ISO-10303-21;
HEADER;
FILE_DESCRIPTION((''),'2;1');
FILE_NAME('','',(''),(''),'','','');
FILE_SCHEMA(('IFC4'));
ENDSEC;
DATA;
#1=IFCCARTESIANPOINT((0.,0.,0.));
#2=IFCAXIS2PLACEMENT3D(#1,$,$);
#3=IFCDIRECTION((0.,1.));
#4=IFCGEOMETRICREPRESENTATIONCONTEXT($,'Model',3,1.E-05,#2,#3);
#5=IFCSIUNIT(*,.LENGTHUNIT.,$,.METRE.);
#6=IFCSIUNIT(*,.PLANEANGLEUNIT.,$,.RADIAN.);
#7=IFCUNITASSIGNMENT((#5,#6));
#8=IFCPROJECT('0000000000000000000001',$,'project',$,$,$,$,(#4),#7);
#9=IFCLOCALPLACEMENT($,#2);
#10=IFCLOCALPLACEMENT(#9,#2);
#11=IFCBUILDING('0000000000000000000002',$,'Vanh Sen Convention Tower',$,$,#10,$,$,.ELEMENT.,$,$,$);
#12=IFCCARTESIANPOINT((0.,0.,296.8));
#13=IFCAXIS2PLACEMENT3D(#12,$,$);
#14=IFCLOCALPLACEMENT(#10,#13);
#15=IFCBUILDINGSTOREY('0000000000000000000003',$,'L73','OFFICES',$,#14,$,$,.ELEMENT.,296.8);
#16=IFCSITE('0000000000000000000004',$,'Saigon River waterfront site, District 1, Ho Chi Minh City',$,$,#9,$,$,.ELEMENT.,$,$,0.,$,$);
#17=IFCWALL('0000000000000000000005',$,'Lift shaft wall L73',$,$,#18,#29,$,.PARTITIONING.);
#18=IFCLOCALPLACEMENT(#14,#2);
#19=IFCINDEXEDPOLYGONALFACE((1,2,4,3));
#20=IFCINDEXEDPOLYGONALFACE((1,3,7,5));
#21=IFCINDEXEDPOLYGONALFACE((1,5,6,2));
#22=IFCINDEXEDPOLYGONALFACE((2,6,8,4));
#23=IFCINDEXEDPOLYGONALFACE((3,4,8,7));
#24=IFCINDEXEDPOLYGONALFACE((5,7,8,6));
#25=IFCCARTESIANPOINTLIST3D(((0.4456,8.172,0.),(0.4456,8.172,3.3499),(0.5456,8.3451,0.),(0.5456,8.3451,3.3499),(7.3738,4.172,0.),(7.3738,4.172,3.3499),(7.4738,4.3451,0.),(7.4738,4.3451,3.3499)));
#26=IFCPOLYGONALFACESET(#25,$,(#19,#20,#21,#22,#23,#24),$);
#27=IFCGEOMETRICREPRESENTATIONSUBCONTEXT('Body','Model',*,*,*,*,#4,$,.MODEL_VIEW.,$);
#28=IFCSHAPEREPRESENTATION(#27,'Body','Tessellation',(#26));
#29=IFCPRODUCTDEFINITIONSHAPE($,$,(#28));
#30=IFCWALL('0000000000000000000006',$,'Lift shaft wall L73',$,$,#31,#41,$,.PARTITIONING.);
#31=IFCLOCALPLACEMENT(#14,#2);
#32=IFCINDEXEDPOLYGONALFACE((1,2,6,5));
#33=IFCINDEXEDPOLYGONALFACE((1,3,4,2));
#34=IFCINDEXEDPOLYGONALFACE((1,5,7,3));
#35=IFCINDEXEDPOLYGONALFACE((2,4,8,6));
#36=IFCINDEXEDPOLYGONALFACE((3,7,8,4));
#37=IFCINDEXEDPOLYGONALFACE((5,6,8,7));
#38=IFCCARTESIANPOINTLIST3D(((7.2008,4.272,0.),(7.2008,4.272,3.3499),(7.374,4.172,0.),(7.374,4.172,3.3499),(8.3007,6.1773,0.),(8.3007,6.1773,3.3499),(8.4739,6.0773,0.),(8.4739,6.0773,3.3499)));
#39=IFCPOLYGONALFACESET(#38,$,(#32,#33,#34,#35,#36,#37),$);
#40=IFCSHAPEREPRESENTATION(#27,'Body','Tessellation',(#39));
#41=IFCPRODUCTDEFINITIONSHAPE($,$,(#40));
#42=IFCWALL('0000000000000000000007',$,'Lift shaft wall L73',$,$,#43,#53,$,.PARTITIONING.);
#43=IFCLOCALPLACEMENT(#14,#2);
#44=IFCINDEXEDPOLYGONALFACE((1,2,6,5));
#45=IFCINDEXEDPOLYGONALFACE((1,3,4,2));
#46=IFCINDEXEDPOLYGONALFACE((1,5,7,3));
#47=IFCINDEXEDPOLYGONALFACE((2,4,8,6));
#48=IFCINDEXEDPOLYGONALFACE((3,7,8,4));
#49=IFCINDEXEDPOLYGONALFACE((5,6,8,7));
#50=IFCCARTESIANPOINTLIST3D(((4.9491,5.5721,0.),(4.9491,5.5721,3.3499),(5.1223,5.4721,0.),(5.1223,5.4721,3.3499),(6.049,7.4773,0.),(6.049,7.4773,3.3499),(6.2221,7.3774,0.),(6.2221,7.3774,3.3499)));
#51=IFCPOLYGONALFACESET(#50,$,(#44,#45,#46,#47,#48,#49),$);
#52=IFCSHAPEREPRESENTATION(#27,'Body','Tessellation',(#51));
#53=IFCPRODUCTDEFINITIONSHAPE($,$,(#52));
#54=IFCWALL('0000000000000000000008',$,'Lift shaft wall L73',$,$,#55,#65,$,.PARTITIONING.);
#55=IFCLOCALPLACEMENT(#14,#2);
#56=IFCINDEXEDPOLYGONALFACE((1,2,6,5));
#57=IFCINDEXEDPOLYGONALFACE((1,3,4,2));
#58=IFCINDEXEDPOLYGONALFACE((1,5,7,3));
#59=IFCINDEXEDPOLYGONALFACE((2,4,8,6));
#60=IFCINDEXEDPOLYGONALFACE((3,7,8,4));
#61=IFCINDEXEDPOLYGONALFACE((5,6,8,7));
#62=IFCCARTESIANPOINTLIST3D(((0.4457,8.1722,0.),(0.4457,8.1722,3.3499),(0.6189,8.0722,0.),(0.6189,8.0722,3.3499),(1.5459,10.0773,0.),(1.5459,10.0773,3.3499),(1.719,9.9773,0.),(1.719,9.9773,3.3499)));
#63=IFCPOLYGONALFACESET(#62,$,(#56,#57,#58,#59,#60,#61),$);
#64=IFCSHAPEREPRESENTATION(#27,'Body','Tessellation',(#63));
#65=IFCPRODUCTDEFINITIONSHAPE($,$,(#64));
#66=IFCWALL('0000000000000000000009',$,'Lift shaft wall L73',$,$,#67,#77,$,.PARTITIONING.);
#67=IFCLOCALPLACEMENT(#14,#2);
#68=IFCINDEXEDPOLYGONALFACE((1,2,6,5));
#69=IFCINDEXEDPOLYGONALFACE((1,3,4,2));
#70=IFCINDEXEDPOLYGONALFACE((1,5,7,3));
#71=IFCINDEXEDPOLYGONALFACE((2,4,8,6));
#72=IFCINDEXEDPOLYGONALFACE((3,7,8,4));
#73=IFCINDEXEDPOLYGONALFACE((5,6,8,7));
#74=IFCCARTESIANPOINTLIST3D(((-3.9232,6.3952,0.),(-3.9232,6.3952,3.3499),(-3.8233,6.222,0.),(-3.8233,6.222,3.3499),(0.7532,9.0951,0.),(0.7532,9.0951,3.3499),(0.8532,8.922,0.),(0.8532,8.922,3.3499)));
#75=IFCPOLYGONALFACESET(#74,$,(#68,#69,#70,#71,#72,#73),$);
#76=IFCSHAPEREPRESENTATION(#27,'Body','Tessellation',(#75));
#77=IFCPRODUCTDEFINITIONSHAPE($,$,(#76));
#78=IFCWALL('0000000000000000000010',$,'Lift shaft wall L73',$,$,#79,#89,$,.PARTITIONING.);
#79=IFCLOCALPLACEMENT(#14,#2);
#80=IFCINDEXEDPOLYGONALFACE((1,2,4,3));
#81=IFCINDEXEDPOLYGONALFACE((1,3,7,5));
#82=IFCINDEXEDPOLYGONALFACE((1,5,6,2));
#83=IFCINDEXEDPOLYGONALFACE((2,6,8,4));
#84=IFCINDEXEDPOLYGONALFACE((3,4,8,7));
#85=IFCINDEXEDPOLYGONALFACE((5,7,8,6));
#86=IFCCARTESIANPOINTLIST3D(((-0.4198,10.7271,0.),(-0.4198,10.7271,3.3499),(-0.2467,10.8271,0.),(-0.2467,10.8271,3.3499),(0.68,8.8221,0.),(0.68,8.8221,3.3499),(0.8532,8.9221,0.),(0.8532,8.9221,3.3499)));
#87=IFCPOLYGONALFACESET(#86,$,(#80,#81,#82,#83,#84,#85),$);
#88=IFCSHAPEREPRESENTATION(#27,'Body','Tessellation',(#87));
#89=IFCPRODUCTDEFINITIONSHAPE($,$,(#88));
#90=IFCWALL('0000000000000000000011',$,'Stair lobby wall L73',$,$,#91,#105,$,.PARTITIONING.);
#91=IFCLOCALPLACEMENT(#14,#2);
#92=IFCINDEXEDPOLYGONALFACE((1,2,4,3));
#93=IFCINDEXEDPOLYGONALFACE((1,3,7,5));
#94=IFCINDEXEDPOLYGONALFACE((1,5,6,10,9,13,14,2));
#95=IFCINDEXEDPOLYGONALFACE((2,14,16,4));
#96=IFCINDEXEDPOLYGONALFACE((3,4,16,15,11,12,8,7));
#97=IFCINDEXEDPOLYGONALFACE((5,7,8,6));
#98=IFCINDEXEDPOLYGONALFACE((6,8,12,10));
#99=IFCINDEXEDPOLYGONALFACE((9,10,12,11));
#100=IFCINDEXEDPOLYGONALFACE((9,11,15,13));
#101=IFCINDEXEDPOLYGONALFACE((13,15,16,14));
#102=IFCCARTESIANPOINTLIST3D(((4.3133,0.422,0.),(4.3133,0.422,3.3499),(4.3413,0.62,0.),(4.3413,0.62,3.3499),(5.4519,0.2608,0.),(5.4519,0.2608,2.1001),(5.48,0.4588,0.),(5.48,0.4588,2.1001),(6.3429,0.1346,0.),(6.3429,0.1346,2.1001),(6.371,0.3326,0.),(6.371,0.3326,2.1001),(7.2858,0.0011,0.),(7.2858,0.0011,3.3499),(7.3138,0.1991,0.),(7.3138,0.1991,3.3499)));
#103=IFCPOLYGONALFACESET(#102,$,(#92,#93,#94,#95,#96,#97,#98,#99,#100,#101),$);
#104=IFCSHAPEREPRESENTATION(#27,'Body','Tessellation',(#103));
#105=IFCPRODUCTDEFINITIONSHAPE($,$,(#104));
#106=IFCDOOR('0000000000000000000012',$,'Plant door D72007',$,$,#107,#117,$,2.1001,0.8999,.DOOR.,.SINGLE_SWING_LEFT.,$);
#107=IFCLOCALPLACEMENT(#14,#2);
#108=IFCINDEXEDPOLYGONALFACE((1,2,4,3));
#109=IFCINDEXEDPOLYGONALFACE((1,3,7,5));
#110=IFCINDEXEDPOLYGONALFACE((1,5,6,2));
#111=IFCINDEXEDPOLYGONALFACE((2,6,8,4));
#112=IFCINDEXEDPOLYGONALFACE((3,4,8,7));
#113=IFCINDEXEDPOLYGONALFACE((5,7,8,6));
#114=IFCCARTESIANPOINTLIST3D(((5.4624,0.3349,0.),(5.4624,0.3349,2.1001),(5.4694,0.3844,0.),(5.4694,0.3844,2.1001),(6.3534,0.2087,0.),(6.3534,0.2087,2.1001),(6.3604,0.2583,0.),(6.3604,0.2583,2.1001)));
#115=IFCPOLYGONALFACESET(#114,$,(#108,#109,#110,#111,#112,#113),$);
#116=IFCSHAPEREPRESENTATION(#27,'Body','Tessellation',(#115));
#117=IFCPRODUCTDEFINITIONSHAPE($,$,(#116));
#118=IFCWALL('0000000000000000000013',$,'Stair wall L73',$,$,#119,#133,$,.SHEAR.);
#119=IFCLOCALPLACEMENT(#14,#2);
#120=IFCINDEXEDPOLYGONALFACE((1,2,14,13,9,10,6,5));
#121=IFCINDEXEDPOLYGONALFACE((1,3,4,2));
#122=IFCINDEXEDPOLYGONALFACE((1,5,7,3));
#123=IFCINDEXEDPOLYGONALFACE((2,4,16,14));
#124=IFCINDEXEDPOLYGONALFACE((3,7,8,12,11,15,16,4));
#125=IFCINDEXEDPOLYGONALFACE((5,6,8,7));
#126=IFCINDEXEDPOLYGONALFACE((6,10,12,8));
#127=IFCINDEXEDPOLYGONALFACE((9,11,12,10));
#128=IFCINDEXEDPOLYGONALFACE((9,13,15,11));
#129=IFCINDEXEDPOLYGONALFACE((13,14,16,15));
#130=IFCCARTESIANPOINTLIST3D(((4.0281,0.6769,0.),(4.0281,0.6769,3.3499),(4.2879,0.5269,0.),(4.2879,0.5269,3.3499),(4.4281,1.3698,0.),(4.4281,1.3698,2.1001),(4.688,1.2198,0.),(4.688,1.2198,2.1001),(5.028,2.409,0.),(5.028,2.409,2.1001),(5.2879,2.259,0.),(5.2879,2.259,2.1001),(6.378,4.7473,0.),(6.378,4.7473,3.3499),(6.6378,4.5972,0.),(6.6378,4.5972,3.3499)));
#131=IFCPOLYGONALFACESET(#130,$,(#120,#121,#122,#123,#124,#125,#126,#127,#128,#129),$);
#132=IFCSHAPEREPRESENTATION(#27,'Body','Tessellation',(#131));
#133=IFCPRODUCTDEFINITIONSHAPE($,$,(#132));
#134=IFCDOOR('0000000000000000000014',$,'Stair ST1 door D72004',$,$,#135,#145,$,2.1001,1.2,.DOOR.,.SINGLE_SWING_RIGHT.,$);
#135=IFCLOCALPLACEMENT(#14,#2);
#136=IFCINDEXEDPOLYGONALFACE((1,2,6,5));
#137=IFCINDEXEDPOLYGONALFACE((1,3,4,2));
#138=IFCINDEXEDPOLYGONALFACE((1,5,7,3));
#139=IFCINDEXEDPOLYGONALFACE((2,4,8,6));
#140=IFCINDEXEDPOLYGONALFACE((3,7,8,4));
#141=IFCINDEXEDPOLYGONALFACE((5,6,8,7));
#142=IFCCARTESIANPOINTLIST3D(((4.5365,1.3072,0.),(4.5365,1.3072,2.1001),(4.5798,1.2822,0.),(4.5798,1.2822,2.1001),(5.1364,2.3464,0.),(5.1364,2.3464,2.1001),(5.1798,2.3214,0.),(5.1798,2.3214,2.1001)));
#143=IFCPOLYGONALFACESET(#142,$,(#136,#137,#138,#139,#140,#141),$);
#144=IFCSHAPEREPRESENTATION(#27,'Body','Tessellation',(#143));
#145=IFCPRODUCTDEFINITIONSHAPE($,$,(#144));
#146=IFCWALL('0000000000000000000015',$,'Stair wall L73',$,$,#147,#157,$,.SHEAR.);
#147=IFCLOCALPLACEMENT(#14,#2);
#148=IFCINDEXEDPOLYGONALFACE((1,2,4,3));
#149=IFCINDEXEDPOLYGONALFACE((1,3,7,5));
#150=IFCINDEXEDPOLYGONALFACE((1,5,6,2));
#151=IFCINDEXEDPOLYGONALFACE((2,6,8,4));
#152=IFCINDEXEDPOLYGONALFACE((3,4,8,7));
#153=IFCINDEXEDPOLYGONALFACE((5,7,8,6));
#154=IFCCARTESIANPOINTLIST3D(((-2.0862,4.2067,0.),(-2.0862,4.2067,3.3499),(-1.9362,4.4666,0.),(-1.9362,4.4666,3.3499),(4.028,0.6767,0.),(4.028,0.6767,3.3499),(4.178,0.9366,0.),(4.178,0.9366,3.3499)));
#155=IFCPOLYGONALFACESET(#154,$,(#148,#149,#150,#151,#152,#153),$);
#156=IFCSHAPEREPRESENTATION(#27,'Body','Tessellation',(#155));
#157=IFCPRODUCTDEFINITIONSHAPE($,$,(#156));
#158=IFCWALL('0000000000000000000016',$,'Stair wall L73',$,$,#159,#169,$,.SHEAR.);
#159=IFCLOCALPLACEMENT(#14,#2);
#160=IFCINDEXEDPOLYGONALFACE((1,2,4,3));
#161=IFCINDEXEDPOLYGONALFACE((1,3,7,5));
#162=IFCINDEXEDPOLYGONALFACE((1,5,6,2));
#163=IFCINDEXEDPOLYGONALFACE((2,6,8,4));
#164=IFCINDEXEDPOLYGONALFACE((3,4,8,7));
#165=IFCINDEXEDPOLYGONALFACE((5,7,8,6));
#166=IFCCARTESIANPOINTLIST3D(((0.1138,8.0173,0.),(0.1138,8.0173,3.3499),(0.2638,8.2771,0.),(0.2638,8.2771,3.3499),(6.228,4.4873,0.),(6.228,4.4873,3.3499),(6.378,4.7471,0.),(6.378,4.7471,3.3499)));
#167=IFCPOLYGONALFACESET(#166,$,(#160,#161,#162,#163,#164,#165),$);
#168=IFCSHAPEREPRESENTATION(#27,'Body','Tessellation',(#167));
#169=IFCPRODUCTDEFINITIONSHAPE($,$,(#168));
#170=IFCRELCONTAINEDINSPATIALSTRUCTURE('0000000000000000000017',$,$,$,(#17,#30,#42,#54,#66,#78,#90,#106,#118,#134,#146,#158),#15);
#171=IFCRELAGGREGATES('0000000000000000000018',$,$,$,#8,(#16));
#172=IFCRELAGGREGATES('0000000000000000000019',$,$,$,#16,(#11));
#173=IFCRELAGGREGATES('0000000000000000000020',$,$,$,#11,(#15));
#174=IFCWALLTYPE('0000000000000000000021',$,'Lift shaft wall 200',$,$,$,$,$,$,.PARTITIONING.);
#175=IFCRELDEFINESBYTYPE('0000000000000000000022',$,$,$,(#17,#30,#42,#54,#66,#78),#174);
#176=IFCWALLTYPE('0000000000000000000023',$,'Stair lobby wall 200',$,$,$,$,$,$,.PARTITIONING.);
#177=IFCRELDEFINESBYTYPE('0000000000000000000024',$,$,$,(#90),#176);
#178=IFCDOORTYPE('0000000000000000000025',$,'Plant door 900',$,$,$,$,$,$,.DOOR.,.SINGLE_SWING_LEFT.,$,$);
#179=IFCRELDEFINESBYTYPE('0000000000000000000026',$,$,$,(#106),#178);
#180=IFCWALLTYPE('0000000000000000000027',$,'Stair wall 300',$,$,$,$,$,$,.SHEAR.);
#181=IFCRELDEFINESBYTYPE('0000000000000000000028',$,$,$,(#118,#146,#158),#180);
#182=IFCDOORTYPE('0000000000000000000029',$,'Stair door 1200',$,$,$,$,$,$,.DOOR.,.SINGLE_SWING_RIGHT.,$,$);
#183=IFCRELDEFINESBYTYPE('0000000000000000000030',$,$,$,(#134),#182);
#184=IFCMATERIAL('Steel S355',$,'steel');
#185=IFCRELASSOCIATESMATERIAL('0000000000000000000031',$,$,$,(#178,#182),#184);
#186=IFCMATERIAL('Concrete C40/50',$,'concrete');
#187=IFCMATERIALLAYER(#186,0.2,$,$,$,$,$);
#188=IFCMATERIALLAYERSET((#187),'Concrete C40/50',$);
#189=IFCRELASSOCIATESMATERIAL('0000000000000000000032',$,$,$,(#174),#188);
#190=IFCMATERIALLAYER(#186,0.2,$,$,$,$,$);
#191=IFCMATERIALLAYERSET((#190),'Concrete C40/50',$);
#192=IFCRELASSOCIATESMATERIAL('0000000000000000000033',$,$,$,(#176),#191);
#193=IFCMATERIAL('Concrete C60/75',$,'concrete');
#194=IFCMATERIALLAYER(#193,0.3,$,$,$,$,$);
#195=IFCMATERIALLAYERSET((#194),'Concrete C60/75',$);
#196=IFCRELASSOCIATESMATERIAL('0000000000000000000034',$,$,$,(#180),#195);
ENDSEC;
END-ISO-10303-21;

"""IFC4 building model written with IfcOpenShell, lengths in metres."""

from ifc_helpers import new_model, si_unit, direction, frame, frame_2d, origin, place, context, subcontext, project, spatial, rectangle, extrude, material, layer, layer_set, type_object, element, fill, save


model = new_model("IFC4")

# Units and contexts
model_context = context("Model", 3, precision=1e-05, world=origin(), true_north=direction((0.0, 1.0)))
body_context = subcontext(model_context, "Body", "Model", "MODEL_VIEW")
ifc_project = project(units=[si_unit("LENGTHUNIT", "METRE"), si_unit("PLANEANGLEUNIT", "RADIAN")], contexts=[model_context])

# Site, building, storey
site_placement = place(None, origin())
site = spatial("IfcSite", under=ifc_project, at=site_placement, Name="Saigon River waterfront site, District 1, Ho Chi Minh City", CompositionType="ELEMENT", RefElevation=0.0)
building_placement = place(site_placement, origin())
building = spatial("IfcBuilding", under=site, at=building_placement, Name="Vanh Sen Convention Tower", CompositionType="ELEMENT")
storey_placement = place(building_placement, frame((0.0, 0.0, 296.8)))
storey = spatial("IfcBuildingStorey", under=building, at=storey_placement, Name="L73", Description="OFFICES", CompositionType="ELEMENT", Elevation=296.8)

# Shared definitions
ifc_material_1 = material(Name="Concrete C60/75", Category="concrete")
ifc_material_2 = material(Name="Steel S355", Category="steel")
door_type_1 = type_object("IfcDoorType", Name="Plant door 900", OperationType="SINGLE_SWING_LEFT", PredefinedType="DOOR", material=ifc_material_2)

# Walls
ifc_material_3 = material(Name="Concrete C40/50", Category="concrete")
ifc_layer_1 = layer(ifc_material_3, 0.2)
ifc_layer_set_1 = layer_set([ifc_layer_1], Name="Concrete C40/50")
wall_type_1 = type_object("IfcWallType", Name="Lift shaft wall 200", PredefinedType="PARTITIONING", material=ifc_layer_set_1)
wall_1_placement = place(storey_placement, frame((7.4238, 4.2585, 0.0), z_axis=(0.0, 0.0, 1.0), x_axis=(-0.866026, 0.499999, 0.0)))
element("IfcWall", 1, at=wall_1_placement, inside=storey, type_object=wall_type_1, Name="Lift shaft wall L73", PredefinedType="PARTITIONING", context=body_context, shape_type="SweptSolid", body=[
    extrude(rectangle(XDim=8.0, YDim=0.2, at=frame_2d((4.0, 0.0))), origin(), (0.0, 0.0, 1.0), 3.3499),
])
for number, where, z_axis, x_axis, name in (
    (2, (7.2874, 4.2219, 0.0), (0.0, 0.0, 1.0), (0.499947, 0.866056, 0.0), "Lift shaft wall L73"),
    (3, (5.0356, 5.522, 0.0), (0.0, 0.0, 1.0), (0.499947, 0.866056, 0.0), "Lift shaft wall L73"),
    (4, (0.5322, 8.1221, 0.0), (0.0, 0.0, 1.0), (0.500078, 0.86598, 0.0), "Lift shaft wall L73"),
):
    element("IfcWall", number, at=place(storey_placement, frame(where, z_axis=z_axis, x_axis=x_axis)), inside=storey, type_object=wall_type_1, Name=name, PredefinedType="PARTITIONING", context=body_context, shape_type="SweptSolid", body=[
        extrude(rectangle(XDim=2.2, YDim=0.2, at=frame_2d((1.1001, 0.0))), origin(), (0.0, 0.0, 1.0), 3.3499),
    ])
wall_2_placement = place(storey_placement, frame((0.8032, 9.0085, 0.0), z_axis=(0.0, 0.0, 1.0), x_axis=(-0.866028, -0.499995, 0.0)))
element("IfcWall", 5, at=wall_2_placement, inside=storey, type_object=wall_type_1, Name="Lift shaft wall L73", PredefinedType="PARTITIONING", context=body_context, shape_type="SweptSolid", body=[
    extrude(rectangle(XDim=5.3999, YDim=0.2, at=frame_2d((2.7, 0.0))), origin(), (0.0, 0.0, 1.0), 3.3499),
])
wall_3_placement = place(storey_placement, frame((0.7666, 8.8721, 0.0), z_axis=(0.0, 0.0, 1.0), x_axis=(-0.499995, 0.866028, 0.0)))
element("IfcWall", 6, at=wall_3_placement, inside=storey, type_object=wall_type_1, Name="Lift shaft wall L73", PredefinedType="PARTITIONING", context=body_context, shape_type="SweptSolid", body=[
    extrude(rectangle(XDim=2.1997, YDim=0.2, at=frame_2d((1.0999, 0.0))), origin(), (0.0, 0.0, 1.0), 3.3499),
])

# Walls, openings, doors
ifc_layer_2 = layer(ifc_material_3, 0.2)
ifc_layer_set_2 = layer_set([ifc_layer_2], Name="Concrete C40/50")
wall_type_2 = type_object("IfcWallType", Name="Stair lobby wall 200", PredefinedType="PARTITIONING", material=ifc_layer_set_2)
wall_4_placement = place(storey_placement, frame((4.3274, 0.521, 0.0), z_axis=(0.0, 0.0, 1.0), x_axis=(0.990124, -0.140192, 0.0)))
wall_4 = element("IfcWall", 7, at=wall_4_placement, inside=storey, type_object=wall_type_2, Name="Stair lobby wall L73", PredefinedType="PARTITIONING", context=body_context, shape_type="SweptSolid", body=[
    extrude(rectangle(XDim=3.0022, YDim=0.2, at=frame_2d((1.501, 0.0))), origin(), (0.0, 0.0, 1.0), 3.3499),
])
opening_1_placement = place(wall_4_placement, frame((1.1499, 0.0, 0.0)))
opening_1 = element("IfcOpeningElement", 8, at=opening_1_placement, cuts=wall_4, PredefinedType="OPENING", context=body_context, shape_type="SweptSolid", body=[
    extrude(rectangle(XDim=0.8999, YDim=2.1001, at=frame_2d((0.45, 1.05))), frame((0.0, 0.1099, 0.0), z_axis=(0.0, -1.0, 0.0), x_axis=(1.0, 0.0, 0.0)), (0.0, 0.0, 1.0), 0.22),
])
door_1_placement = place(opening_1_placement, origin())
door_1 = element("IfcDoor", 9, at=door_1_placement, inside=storey, type_object=door_type_1, Name="Plant door D72007", OperationType="SINGLE_SWING_LEFT", OverallHeight=2.1001, OverallWidth=0.8999, PredefinedType="DOOR", context=body_context, shape_type="SweptSolid", body=[
    extrude(rectangle(XDim=0.8999, YDim=2.1001, at=frame_2d((0.45, 1.05))), frame((0.0, 0.0249, 0.0), z_axis=(0.0, -1.0, 0.0), x_axis=(1.0, 0.0, 0.0)), (0.0, 0.0, 1.0), 0.05),
])
fill(opening_1, door_1)
ifc_layer_3 = layer(ifc_material_1, 0.3)
ifc_layer_set_3 = layer_set([ifc_layer_3], Name="Concrete C60/75")
wall_type_3 = type_object("IfcWallType", Name="Stair wall 300", PredefinedType="SHEAR", material=ifc_layer_set_3)
wall_5_placement = place(storey_placement, frame((4.158, 0.6018, 0.0), z_axis=(0.0, 0.0, 1.0), x_axis=(0.499977, 0.866039, 0.0)))
wall_5 = element("IfcWall", 10, at=wall_5_placement, inside=storey, type_object=wall_type_3, Name="Stair wall L73", PredefinedType="SHEAR", context=body_context, shape_type="SweptSolid", body=[
    extrude(rectangle(XDim=4.7, YDim=0.3, at=frame_2d((2.3501, 0.0))), origin(), (0.0, 0.0, 1.0), 3.3499),
])
opening_2_placement = place(wall_5_placement, frame((0.8, 0.0, 0.0)))
opening_2 = element("IfcOpeningElement", 11, at=opening_2_placement, cuts=wall_5, PredefinedType="OPENING", context=body_context, shape_type="SweptSolid", body=[
    extrude(rectangle(XDim=1.2, YDim=2.1001, at=frame_2d((0.6001, 1.05))), frame((0.0, 0.1599, 0.0), z_axis=(0.0, -1.0, 0.0), x_axis=(1.0, 0.0, 0.0)), (0.0, 0.0, 1.0), 0.3201),
])
door_type_2 = type_object("IfcDoorType", Name="Stair door 1200", OperationType="SINGLE_SWING_RIGHT", PredefinedType="DOOR", material=ifc_material_2)
door_2_placement = place(opening_2_placement, origin())
door_2 = element("IfcDoor", 12, at=door_2_placement, inside=storey, type_object=door_type_2, Name="Stair ST1 door D72004", OperationType="SINGLE_SWING_RIGHT", OverallHeight=2.1001, OverallWidth=1.2, PredefinedType="DOOR", context=body_context, shape_type="SweptSolid", body=[
    extrude(rectangle(XDim=1.2, YDim=2.1001, at=frame_2d((0.6001, 1.05))), frame((0.0, 0.0249, 0.0), z_axis=(0.0, -1.0, 0.0), x_axis=(1.0, 0.0, 0.0)), (0.0, 0.0, 1.0), 0.05),
])
fill(opening_2, door_2)

# Walls
for number, where, z_axis, x_axis, name in (
    (13, (4.103, 0.8066, 0.0), (0.0, 0.0, 1.0), (-0.866028, 0.499996, 0.0), "Stair wall L73"),
    (14, (6.303, 4.6172, 0.0), (0.0, 0.0, 1.0), (-0.866028, 0.499996, 0.0), "Stair wall L73"),
):
    element("IfcWall", number, at=place(storey_placement, frame(where, z_axis=z_axis, x_axis=x_axis)), inside=storey, type_object=wall_type_3, Name=name, PredefinedType="SHEAR", context=body_context, shape_type="SweptSolid", body=[
        extrude(rectangle(XDim=7.0601, YDim=0.3, at=frame_2d((3.53, 0.0))), origin(), (0.0, 0.0, 1.0), 3.3499),
    ])

save(model, "model.ifc")
